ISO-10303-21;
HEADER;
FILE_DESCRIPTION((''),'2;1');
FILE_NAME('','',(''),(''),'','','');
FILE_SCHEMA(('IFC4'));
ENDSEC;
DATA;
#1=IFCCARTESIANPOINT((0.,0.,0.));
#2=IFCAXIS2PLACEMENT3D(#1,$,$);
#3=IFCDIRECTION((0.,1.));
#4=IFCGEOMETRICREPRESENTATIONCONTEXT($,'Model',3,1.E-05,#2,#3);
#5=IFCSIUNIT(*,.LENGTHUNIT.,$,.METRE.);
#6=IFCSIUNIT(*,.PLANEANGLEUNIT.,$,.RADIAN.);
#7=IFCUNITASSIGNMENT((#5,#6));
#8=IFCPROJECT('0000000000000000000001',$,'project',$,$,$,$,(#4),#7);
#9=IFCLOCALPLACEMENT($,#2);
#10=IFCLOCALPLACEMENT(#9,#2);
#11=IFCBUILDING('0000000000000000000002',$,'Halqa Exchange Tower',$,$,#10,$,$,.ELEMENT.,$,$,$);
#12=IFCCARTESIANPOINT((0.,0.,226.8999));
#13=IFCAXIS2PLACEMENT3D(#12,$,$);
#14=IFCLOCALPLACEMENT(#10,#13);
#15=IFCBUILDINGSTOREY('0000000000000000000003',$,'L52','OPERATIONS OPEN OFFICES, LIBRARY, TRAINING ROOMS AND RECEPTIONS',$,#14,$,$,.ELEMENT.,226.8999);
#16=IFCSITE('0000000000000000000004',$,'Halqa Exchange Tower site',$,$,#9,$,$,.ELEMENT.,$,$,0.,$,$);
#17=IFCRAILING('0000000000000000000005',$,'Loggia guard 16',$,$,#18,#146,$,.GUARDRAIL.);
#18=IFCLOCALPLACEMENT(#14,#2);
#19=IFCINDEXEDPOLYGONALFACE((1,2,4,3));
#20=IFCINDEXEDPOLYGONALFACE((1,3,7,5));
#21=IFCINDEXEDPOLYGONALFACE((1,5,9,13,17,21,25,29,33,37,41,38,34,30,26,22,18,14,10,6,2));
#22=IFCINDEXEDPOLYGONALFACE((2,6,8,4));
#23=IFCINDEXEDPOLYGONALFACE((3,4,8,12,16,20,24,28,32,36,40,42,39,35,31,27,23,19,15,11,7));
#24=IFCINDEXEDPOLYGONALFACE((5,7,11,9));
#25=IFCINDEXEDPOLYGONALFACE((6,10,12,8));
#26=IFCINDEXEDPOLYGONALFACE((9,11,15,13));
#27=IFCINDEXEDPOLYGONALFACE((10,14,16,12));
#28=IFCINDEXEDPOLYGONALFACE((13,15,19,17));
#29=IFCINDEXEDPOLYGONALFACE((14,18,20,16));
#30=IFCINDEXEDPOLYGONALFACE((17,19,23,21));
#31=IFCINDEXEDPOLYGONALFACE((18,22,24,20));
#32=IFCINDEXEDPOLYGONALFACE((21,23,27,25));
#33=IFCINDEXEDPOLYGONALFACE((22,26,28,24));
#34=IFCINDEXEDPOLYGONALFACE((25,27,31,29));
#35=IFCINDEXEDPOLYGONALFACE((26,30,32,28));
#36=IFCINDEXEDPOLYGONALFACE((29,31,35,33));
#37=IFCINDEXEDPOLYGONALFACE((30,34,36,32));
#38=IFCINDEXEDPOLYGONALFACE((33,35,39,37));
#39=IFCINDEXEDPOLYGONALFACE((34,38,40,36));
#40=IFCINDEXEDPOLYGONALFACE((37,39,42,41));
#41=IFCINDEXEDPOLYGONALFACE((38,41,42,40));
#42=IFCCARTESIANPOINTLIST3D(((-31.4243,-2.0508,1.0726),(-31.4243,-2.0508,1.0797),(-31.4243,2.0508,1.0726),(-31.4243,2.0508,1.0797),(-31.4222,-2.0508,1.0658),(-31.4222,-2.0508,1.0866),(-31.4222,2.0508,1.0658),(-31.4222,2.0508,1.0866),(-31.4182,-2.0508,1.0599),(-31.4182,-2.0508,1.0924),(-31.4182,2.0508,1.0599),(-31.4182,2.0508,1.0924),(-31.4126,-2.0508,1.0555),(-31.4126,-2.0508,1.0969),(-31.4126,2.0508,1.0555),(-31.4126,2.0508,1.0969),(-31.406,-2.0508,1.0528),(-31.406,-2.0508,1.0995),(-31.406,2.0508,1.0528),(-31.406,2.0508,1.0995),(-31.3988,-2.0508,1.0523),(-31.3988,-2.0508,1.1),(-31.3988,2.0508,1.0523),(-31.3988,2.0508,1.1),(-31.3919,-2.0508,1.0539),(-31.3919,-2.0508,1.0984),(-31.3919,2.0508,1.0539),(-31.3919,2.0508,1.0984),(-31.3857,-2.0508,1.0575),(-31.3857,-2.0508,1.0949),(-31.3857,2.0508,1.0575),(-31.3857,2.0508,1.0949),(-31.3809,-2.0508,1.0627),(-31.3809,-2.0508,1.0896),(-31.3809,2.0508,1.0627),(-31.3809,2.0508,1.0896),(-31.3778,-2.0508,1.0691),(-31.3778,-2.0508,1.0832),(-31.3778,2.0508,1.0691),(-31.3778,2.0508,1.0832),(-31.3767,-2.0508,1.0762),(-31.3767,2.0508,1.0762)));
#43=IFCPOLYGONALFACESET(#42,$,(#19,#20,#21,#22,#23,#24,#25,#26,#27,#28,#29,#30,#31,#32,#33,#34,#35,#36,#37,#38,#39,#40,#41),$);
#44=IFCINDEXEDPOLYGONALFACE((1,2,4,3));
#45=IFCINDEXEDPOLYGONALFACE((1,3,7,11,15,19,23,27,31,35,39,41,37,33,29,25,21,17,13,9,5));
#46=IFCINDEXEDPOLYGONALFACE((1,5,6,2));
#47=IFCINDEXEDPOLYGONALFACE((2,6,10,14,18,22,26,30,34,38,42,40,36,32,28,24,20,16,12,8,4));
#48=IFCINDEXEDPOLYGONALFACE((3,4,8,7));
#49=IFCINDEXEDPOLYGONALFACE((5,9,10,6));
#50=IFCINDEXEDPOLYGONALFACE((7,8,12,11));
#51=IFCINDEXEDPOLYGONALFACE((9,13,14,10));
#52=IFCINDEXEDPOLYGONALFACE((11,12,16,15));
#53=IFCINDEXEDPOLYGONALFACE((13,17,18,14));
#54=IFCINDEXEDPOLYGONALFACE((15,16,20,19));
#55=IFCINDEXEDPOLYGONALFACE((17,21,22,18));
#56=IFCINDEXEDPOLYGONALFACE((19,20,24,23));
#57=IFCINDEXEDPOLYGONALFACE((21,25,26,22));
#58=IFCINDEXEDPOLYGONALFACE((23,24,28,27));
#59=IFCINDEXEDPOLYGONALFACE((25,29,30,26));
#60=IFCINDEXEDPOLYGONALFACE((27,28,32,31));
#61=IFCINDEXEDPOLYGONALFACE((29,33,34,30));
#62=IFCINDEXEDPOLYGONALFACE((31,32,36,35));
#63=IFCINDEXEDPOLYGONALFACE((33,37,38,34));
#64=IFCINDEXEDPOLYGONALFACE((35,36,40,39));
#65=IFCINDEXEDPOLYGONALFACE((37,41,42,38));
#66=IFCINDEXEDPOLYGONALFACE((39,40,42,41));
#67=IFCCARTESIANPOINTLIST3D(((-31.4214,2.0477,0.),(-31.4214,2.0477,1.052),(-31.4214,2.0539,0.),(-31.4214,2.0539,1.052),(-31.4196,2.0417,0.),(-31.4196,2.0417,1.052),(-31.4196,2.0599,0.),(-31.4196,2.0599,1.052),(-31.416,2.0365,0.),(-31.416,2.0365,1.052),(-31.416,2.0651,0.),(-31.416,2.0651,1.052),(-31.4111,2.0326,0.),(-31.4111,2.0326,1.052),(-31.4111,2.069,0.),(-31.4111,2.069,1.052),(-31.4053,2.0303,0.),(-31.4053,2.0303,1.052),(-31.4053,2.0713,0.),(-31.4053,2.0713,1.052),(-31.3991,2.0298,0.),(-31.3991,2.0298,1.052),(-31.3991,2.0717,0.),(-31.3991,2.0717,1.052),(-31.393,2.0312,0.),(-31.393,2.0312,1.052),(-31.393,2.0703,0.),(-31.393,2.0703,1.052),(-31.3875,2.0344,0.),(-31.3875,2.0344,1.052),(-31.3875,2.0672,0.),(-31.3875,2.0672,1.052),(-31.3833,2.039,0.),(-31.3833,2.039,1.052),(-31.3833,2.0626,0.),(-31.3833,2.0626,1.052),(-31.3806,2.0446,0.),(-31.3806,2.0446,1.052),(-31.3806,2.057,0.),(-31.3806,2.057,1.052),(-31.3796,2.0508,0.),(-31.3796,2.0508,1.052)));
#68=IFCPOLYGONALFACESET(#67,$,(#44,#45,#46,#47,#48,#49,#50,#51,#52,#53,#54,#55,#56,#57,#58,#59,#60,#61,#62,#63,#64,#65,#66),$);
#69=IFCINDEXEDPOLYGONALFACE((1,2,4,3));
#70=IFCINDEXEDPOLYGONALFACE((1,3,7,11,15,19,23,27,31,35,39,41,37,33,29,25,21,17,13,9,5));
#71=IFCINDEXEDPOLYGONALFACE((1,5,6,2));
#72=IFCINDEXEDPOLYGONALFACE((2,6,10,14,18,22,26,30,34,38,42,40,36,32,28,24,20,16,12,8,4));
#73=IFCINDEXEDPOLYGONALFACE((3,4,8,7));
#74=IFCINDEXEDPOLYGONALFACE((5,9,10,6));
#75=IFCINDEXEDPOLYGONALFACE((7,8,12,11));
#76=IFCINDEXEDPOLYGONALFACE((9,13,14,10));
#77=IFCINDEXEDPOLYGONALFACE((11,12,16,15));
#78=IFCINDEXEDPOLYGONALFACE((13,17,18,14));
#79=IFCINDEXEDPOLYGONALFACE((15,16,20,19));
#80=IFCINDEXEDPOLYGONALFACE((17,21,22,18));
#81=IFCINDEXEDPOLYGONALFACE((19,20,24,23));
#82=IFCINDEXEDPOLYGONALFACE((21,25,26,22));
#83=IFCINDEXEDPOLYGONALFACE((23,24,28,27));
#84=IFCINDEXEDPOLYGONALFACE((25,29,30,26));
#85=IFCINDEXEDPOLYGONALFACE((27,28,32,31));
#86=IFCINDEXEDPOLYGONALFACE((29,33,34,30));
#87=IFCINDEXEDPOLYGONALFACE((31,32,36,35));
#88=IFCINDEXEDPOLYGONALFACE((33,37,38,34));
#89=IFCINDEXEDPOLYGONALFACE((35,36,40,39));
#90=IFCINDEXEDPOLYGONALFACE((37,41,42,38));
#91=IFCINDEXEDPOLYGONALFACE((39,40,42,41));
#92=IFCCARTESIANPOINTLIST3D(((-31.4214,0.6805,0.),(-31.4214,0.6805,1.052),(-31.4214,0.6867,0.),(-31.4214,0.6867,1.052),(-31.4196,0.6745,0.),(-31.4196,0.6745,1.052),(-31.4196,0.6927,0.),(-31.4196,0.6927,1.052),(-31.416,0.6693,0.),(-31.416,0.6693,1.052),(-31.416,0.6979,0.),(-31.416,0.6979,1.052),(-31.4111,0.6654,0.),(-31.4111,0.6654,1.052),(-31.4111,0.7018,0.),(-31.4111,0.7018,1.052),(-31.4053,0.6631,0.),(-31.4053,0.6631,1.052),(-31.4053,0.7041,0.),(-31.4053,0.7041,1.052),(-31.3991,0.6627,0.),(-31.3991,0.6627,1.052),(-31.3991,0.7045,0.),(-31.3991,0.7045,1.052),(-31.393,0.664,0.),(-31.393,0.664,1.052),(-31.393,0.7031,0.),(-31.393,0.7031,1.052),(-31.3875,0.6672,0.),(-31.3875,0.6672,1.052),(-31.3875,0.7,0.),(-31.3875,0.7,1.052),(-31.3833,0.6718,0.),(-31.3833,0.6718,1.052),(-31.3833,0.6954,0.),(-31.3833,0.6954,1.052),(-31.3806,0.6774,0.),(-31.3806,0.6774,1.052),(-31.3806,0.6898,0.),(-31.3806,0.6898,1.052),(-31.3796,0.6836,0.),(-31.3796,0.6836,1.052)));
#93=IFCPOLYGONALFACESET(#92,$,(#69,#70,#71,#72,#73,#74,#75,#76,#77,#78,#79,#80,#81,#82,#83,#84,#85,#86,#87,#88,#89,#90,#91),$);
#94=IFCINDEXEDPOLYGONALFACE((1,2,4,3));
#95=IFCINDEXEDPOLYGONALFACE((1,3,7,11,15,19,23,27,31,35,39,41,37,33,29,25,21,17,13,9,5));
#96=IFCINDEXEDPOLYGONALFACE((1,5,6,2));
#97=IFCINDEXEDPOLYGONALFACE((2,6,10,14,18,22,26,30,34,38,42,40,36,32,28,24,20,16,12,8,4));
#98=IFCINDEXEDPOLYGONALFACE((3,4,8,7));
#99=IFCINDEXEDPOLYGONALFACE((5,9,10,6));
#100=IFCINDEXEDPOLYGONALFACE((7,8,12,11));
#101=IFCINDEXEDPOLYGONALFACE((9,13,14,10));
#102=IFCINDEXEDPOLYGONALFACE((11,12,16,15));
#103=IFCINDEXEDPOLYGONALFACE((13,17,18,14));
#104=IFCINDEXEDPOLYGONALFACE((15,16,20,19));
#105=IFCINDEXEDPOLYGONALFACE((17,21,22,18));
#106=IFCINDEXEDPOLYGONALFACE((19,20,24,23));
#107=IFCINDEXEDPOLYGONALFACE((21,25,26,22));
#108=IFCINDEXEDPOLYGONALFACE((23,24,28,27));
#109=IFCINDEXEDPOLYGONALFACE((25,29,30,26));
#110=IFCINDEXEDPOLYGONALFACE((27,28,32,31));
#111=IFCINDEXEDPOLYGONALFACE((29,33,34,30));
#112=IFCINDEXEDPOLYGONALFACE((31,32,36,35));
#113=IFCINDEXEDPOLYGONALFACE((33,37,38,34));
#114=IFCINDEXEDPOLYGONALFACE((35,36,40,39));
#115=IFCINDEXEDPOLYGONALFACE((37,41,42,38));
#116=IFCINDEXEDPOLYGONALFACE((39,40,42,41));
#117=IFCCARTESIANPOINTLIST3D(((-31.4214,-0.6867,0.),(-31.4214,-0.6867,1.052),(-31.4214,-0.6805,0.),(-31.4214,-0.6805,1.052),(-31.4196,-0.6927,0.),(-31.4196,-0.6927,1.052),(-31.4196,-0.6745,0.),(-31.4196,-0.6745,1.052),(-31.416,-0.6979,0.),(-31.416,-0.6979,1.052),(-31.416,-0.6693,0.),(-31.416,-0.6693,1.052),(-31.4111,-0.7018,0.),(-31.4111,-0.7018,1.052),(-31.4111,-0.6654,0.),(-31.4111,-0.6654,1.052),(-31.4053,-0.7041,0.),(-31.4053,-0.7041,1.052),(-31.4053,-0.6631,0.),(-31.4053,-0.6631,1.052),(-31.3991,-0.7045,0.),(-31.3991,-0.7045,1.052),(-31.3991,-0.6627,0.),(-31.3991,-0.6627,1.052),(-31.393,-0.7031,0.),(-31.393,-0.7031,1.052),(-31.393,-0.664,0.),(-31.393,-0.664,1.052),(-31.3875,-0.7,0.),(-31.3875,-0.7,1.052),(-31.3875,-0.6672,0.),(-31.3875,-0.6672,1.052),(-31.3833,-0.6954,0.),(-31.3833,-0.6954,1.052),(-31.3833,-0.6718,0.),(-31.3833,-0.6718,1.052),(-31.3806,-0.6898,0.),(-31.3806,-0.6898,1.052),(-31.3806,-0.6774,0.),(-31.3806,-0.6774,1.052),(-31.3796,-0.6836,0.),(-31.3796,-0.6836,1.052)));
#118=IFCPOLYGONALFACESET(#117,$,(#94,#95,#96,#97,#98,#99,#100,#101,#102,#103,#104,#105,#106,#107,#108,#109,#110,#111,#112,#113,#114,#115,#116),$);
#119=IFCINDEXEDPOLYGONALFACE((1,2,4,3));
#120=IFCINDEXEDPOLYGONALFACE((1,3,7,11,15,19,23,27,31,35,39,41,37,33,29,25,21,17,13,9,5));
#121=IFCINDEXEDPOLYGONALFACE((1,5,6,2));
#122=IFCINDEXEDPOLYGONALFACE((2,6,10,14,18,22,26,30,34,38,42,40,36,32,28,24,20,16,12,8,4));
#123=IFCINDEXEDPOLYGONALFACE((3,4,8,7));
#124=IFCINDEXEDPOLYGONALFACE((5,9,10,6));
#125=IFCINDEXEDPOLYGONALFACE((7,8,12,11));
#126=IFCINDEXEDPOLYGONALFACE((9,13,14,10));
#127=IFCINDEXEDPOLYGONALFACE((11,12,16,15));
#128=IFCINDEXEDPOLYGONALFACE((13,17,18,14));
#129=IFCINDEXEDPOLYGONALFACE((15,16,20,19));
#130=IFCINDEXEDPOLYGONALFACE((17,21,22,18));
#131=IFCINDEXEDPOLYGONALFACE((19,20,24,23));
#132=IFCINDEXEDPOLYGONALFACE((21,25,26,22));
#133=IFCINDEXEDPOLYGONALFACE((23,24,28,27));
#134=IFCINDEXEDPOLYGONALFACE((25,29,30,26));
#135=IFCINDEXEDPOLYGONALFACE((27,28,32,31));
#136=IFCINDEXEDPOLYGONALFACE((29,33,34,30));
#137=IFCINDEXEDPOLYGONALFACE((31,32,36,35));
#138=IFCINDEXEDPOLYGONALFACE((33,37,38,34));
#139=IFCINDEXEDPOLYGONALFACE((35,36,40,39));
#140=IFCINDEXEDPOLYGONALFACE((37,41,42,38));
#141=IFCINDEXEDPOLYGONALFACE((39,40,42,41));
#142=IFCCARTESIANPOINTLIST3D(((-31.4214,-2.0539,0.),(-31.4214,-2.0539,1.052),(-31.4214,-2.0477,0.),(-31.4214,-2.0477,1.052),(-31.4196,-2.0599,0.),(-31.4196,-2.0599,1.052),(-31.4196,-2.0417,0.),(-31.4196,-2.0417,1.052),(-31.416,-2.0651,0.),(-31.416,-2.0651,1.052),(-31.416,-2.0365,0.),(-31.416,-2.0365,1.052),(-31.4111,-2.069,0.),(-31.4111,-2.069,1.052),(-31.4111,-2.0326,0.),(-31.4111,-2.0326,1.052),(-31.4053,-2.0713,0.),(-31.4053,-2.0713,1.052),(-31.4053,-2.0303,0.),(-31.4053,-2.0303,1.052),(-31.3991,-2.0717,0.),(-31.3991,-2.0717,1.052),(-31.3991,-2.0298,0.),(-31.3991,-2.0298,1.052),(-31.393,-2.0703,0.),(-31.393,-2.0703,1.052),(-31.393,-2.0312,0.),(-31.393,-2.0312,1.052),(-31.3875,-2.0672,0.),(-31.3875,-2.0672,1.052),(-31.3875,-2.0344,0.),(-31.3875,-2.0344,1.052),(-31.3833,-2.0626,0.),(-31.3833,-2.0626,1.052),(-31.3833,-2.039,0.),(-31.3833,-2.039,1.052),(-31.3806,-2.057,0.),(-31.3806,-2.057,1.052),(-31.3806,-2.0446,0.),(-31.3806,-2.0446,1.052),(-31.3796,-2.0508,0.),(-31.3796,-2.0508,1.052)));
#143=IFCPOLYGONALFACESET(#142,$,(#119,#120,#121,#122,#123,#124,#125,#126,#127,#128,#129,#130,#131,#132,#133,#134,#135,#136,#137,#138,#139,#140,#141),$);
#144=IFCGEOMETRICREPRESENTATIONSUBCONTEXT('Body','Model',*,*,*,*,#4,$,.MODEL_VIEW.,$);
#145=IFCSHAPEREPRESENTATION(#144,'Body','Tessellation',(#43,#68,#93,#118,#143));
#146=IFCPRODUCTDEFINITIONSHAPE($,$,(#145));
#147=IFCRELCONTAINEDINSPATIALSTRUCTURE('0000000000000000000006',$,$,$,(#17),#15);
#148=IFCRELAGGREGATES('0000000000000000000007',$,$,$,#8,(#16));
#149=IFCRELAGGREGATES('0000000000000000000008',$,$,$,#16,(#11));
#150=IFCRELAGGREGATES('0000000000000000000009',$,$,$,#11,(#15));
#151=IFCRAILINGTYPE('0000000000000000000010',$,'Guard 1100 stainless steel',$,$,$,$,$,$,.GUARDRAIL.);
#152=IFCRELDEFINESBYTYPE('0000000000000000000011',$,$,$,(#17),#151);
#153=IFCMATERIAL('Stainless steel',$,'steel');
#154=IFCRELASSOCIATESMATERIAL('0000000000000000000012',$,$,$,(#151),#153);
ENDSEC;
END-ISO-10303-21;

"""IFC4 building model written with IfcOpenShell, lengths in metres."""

from ifc_helpers import new_model, si_unit, direction, frame, origin, origin_2d, place, context, subcontext, project, spatial, circle, extrude, material, type_object, element, save


model = new_model("IFC4")

# Units and contexts
model_context = context("Model", 3, precision=1e-05, world=origin(), true_north=direction((0.0, 1.0)))
body_context = subcontext(model_context, "Body", "Model", "MODEL_VIEW")
ifc_project = project(units=[si_unit("LENGTHUNIT", "METRE"), si_unit("PLANEANGLEUNIT", "RADIAN")], contexts=[model_context])

# Site, building, storey
site_placement = place(None, origin())
site = spatial("IfcSite", under=ifc_project, at=site_placement, Name="Halqa Exchange Tower site", CompositionType="ELEMENT", RefElevation=0.0)
building_placement = place(site_placement, origin())
building = spatial("IfcBuilding", under=site, at=building_placement, Name="Halqa Exchange Tower", CompositionType="ELEMENT")
storey_placement = place(building_placement, frame((0.0, 0.0, 226.8999)))
storey = spatial("IfcBuildingStorey", under=building, at=storey_placement, Name="L52", Description="OPERATIONS OPEN OFFICES, LIBRARY, TRAINING ROOMS AND RECEPTIONS", CompositionType="ELEMENT", Elevation=226.8999)

# Railing
ifc_material_1 = material(Name="Stainless steel", Category="steel")
railing_type = type_object("IfcRailingType", Name="Guard 1100 stainless steel", PredefinedType="GUARDRAIL", material=ifc_material_1)
railing_1_placement = place(storey_placement, frame((-31.4006, 2.0508, 0.0)))
element("IfcRailing", 1, at=railing_1_placement, inside=storey, type_object=railing_type, Name="Loggia guard 16", PredefinedType="GUARDRAIL", context=body_context, shape_type="SweptSolid", body=[
    extrude(circle(Radius=0.0239, at=origin_2d()), frame((0.0, 0.0, 1.0762), z_axis=(0.0, -1.0, 0.0), x_axis=(1.0, 0.0, 0.0)), (0.0, 0.0, 1.0), 4.1016),
    extrude(circle(Radius=0.021, at=origin_2d()), origin(), (0.0, 0.0, 1.0), 1.052),
    extrude(circle(Radius=0.021, at=origin_2d()), frame((0.0, -1.3672, 0.0)), (0.0, 0.0, 1.0), 1.052),
    extrude(circle(Radius=0.021, at=origin_2d()), frame((0.0, -2.7344, 0.0)), (0.0, 0.0, 1.0), 1.052),
    extrude(circle(Radius=0.021, at=origin_2d()), frame((0.0, -4.1016, 0.0)), (0.0, 0.0, 1.0), 1.052),
])

save(model, "model.ifc")
